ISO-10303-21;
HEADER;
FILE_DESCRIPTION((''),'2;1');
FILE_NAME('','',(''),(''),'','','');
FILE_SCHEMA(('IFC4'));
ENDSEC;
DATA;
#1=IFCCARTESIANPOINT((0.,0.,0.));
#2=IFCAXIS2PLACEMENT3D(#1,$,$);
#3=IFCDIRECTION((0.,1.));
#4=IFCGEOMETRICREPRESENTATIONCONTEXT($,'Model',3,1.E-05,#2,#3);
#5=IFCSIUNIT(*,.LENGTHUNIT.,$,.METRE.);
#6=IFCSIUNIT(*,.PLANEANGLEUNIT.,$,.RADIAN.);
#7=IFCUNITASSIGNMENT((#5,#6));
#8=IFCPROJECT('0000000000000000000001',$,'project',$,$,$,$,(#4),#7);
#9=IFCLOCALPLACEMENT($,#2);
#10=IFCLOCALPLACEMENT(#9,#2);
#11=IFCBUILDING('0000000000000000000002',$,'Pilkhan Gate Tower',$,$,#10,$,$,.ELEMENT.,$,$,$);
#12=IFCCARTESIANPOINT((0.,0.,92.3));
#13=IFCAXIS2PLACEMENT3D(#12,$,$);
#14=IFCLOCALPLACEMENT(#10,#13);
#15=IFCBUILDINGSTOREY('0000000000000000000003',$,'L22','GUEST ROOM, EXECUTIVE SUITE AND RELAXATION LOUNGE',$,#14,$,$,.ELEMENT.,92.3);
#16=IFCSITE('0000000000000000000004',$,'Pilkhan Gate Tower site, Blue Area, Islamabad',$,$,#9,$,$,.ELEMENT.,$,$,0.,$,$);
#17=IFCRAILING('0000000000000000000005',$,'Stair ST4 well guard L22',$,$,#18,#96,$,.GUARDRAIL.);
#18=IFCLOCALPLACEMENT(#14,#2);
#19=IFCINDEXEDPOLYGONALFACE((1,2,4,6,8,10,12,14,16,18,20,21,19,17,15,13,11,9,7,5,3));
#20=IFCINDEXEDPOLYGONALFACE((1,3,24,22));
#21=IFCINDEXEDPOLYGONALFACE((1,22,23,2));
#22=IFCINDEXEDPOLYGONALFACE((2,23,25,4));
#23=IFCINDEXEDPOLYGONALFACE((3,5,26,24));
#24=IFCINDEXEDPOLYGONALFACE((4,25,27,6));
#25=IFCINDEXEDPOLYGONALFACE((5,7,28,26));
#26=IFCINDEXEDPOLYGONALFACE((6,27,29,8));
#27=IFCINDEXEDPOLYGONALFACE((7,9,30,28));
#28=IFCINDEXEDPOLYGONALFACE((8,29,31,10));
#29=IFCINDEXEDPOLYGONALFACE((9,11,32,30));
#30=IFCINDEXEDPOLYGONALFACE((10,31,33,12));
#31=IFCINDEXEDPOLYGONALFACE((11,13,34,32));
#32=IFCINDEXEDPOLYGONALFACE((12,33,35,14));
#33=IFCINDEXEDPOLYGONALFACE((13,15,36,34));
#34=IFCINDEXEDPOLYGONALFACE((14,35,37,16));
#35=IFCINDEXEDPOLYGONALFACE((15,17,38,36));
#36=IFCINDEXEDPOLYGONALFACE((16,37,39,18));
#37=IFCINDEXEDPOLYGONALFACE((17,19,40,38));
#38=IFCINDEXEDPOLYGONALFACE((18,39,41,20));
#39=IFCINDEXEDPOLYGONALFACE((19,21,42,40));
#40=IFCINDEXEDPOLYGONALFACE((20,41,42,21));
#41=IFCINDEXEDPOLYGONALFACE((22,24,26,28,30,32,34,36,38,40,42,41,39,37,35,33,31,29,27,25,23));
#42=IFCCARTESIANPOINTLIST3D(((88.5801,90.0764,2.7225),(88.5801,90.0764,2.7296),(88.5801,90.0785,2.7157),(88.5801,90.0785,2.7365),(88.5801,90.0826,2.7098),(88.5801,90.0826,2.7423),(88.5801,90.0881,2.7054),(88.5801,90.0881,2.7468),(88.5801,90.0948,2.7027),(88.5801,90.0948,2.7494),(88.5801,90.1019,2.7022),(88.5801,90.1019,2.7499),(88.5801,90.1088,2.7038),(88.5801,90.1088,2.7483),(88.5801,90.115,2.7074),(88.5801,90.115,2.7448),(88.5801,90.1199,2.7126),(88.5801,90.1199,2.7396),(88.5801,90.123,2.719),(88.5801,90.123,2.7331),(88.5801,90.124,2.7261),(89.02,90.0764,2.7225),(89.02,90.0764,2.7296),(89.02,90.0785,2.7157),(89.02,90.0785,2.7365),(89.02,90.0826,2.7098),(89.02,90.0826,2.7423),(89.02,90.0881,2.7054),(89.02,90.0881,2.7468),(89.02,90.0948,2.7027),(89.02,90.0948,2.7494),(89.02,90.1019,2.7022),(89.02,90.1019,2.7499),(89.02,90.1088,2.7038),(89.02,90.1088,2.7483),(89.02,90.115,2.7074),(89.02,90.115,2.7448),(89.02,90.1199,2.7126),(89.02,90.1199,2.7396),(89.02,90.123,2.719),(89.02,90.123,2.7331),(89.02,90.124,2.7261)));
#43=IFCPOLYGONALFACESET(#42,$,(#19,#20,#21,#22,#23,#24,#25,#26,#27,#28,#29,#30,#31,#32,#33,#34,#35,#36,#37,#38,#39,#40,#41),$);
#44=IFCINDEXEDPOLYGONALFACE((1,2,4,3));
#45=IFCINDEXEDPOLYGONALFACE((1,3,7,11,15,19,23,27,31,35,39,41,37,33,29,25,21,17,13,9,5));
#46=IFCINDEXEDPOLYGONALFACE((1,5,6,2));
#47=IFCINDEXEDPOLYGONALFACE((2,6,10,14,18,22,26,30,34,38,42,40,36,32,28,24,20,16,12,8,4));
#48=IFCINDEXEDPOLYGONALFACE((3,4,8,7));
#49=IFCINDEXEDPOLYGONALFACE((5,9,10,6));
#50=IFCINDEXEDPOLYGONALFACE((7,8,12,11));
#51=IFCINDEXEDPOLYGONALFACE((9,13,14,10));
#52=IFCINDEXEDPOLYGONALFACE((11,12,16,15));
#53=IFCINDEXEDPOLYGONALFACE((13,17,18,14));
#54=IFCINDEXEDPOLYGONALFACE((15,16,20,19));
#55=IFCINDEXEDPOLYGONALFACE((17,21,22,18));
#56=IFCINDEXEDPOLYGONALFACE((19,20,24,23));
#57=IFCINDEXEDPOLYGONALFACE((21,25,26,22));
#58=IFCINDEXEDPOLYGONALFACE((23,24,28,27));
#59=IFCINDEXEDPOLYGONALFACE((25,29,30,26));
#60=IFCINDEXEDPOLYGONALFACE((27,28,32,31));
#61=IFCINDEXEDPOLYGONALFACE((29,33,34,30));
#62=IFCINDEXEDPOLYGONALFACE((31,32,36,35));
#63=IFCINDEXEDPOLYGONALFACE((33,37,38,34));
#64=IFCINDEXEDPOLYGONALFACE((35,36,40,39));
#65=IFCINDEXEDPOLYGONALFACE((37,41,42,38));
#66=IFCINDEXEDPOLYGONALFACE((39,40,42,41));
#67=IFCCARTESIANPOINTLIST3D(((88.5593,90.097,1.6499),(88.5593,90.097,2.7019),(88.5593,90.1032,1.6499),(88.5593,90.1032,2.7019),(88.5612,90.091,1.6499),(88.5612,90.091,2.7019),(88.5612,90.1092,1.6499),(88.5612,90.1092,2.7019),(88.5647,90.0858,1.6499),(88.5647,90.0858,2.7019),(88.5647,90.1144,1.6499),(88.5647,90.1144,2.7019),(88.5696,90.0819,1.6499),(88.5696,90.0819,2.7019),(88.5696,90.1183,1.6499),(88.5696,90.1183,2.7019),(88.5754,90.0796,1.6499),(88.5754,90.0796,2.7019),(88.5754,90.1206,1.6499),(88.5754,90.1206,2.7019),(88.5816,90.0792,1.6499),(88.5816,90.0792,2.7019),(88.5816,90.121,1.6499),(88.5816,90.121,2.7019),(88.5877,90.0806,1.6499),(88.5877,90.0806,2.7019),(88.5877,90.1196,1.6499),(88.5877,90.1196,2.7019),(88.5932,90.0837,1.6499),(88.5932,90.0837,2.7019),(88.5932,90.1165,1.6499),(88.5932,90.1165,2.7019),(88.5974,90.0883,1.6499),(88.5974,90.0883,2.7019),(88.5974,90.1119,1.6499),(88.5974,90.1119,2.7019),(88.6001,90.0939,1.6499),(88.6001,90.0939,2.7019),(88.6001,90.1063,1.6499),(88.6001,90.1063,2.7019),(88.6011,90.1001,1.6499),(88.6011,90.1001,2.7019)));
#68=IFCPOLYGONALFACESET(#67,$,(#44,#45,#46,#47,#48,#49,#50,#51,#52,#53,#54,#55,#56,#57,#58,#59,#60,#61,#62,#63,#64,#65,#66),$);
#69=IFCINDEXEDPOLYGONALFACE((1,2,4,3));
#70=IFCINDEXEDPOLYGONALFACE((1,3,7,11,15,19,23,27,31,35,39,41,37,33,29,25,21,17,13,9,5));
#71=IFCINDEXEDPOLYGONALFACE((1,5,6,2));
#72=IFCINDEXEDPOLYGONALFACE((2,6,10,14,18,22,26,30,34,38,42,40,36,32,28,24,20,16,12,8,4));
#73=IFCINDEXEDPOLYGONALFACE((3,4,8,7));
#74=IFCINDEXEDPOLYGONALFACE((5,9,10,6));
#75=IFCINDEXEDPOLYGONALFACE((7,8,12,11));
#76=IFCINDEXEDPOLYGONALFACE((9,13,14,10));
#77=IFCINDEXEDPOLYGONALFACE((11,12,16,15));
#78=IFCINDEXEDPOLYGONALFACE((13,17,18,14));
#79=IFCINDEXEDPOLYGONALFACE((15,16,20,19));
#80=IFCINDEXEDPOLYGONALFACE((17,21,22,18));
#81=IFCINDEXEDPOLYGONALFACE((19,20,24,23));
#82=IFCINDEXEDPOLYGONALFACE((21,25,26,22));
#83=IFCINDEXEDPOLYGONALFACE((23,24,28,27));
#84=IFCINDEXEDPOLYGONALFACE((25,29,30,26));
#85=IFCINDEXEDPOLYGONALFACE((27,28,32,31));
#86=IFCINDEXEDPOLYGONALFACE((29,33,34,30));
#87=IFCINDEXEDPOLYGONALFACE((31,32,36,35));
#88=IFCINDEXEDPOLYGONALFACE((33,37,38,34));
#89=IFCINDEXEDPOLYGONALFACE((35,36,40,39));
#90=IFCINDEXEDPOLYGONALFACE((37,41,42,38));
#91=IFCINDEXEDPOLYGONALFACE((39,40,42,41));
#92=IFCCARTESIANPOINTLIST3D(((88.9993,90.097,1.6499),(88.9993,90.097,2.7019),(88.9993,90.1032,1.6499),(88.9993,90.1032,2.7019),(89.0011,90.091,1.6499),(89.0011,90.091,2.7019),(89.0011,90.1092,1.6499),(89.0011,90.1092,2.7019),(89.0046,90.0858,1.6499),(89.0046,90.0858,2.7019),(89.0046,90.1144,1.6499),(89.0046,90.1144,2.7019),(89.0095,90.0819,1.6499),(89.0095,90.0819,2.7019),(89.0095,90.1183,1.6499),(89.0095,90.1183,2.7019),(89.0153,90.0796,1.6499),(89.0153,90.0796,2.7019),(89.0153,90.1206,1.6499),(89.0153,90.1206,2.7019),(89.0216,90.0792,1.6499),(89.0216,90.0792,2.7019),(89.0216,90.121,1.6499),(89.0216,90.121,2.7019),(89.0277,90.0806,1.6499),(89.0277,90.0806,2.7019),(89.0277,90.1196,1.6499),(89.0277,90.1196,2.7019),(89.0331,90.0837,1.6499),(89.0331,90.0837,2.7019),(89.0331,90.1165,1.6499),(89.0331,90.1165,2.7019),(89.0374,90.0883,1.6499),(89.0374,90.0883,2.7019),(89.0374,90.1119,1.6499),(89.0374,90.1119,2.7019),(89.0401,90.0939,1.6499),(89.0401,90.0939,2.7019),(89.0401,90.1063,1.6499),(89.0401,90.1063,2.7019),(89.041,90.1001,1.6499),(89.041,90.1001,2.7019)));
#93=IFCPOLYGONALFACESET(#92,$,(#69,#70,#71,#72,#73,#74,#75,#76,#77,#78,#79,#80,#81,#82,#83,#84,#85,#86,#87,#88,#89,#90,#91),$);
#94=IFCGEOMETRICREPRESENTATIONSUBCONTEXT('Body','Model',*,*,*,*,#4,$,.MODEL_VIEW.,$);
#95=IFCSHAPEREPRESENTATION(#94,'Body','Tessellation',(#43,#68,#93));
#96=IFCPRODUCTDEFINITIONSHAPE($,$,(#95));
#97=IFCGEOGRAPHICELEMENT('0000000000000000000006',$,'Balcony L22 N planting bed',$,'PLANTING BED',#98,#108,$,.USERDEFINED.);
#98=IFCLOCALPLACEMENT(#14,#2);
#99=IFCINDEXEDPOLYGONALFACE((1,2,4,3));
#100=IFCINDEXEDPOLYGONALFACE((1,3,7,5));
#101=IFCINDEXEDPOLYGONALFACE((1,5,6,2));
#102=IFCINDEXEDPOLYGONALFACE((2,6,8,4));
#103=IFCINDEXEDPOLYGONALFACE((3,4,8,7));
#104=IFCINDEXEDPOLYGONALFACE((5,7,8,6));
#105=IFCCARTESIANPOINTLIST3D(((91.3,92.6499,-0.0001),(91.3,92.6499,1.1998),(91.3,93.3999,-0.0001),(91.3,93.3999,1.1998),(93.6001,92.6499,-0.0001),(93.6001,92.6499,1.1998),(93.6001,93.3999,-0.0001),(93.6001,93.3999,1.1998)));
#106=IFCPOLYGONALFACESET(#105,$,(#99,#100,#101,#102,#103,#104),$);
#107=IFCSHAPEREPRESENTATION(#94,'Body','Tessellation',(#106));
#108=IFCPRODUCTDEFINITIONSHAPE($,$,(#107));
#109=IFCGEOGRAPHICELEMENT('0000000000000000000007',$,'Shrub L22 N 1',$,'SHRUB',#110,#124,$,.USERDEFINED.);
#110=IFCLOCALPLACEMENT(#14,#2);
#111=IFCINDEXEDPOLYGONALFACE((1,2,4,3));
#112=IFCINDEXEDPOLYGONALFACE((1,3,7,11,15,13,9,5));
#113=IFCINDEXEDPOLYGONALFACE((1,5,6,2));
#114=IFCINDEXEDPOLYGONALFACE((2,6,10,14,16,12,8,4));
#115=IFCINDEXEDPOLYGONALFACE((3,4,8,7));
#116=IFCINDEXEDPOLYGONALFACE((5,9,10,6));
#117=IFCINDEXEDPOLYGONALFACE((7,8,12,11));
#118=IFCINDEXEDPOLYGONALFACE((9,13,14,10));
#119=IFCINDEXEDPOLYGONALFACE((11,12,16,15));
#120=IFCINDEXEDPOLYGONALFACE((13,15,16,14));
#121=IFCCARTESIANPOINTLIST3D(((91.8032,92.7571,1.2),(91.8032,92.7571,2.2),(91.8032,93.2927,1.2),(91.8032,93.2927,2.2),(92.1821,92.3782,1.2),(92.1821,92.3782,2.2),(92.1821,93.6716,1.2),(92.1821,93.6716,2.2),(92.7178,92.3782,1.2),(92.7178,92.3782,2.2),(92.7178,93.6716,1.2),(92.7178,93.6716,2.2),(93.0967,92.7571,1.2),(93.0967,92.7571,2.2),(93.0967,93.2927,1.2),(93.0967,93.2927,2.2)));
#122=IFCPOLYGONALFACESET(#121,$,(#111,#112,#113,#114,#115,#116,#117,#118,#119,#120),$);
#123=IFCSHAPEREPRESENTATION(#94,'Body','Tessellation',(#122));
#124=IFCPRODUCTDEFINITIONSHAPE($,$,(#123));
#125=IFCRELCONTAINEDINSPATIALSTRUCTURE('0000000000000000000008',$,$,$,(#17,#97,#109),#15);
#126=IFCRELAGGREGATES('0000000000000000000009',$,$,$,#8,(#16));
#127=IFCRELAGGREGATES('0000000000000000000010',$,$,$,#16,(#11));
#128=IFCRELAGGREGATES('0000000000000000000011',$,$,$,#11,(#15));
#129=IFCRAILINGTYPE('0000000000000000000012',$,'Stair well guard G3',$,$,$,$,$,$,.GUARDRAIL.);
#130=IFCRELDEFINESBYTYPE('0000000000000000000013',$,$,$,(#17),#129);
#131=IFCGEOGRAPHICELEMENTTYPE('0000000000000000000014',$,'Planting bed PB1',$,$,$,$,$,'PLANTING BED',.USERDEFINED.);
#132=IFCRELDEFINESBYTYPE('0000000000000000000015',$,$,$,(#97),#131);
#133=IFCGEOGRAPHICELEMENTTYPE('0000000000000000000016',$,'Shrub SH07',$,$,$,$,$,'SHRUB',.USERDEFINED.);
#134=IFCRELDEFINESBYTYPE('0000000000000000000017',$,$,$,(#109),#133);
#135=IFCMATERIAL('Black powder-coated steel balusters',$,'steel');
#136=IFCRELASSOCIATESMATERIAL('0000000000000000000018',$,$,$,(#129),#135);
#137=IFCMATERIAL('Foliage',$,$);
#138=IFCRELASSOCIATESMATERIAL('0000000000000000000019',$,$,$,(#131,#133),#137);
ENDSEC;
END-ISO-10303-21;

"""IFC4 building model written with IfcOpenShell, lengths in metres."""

from ifc_helpers import new_model, si_unit, direction, frame, origin, origin_2d, place, context, subcontext, project, spatial, polyline, rectangle, circle, outline, extrude, material, material_profile, profile_set, type_object, element, save


model = new_model("IFC4")

# Units and contexts
model_context = context("Model", 3, precision=1e-05, world=origin(), true_north=direction((0.0, 1.0)))
body_context = subcontext(model_context, "Body", "Model", "MODEL_VIEW")
ifc_project = project(units=[si_unit("LENGTHUNIT", "METRE"), si_unit("PLANEANGLEUNIT", "RADIAN")], contexts=[model_context])

# Site, building, storey
site_placement = place(None, origin())
site = spatial("IfcSite", under=ifc_project, at=site_placement, Name="Pilkhan Gate Tower site, Blue Area, Islamabad", CompositionType="ELEMENT", RefElevation=0.0)
building_placement = place(site_placement, origin())
building = spatial("IfcBuilding", under=site, at=building_placement, Name="Pilkhan Gate Tower", CompositionType="ELEMENT")
storey_placement = place(building_placement, frame((0.0, 0.0, 92.3)))
storey = spatial("IfcBuildingStorey", under=building, at=storey_placement, Name="L22", Description="GUEST ROOM, EXECUTIVE SUITE AND RELAXATION LOUNGE", CompositionType="ELEMENT", Elevation=92.3)

# Railing
ifc_material_1 = material(Name="Black powder-coated steel balusters", Category="steel")
railing_type_1 = type_object("IfcRailingType", Name="Stair well guard G3", PredefinedType="GUARDRAIL", material=ifc_material_1)
railing_1_placement = place(storey_placement, frame((88.5801, 90.1001, 1.6499)))
element("IfcRailing", 1, at=railing_1_placement, inside=storey, type_object=railing_type_1, Name="Stair ST4 well guard L22", PredefinedType="GUARDRAIL", context=body_context, shape_type="SweptSolid", body=[
    extrude(circle(Radius=0.0239, at=origin_2d()), frame((0.0, 0.0, 1.0762), z_axis=(1.0, 0.0, 0.0), x_axis=(0.0, 1.0, 0.0)), (0.0, 0.0, 1.0), 0.4399),
    extrude(circle(Radius=0.021, at=origin_2d()), origin(), (0.0, 0.0, 1.0), 1.052),
    extrude(circle(Radius=0.021, at=origin_2d()), frame((0.4399, 0.0, 0.0)), (0.0, 0.0, 1.0), 1.052),
])

# Geographic elements
ifc_material_2 = material(Name="Foliage")
ifc_material_profile_1 = material_profile(ifc_material_2, rectangle(XDim=0.75, YDim=1.2, at=origin_2d()), Name="Bed 750x1200")
ifc_profile_set_1 = profile_set([ifc_material_profile_1], Name="Foliage")
geographic_element_type_1 = type_object("IfcGeographicElementType", Name="Planting bed PB1", ElementType="PLANTING BED", PredefinedType="USERDEFINED", material=ifc_profile_set_1)
geographic_element_1_placement = place(storey_placement, frame((91.3, 93.0249, 0.5999), z_axis=(1.0, 0.0, 0.0), x_axis=(0.0, 1.0, 0.0)))
element("IfcGeographicElement", 2, at=geographic_element_1_placement, inside=storey, type_object=geographic_element_type_1, Name="Balcony L22 N planting bed", ObjectType="PLANTING BED", PredefinedType="USERDEFINED", context=body_context, shape_type="SweptSolid", body=[
    extrude(rectangle(XDim=0.75, YDim=1.2, at=origin_2d()), origin(), (0.0, 0.0, 1.0), 2.3),
])
ifc_material_profile_2 = material_profile(ifc_material_2, outline(polyline([(0.6467, 0.2678), (0.2678, 0.6467), (-0.2678, 0.6467), (-0.6467, 0.2678), (-0.6467, -0.2678), (-0.2678, -0.6467), (0.2678, -0.6467), (0.6467, -0.2678), (0.6467, 0.2678)])), Name="Shrub D1.4")
ifc_profile_set_2 = profile_set([ifc_material_profile_2], Name="Foliage")
geographic_element_type_2 = type_object("IfcGeographicElementType", Name="Shrub SH07", ElementType="SHRUB", PredefinedType="USERDEFINED", material=ifc_profile_set_2)
geographic_element_2_placement = place(storey_placement, frame((92.45, 93.0249, 1.2), z_axis=(0.0, 0.0, 1.0), x_axis=(1.0, 0.0, 0.0)))
element("IfcGeographicElement", 3, at=geographic_element_2_placement, inside=storey, type_object=geographic_element_type_2, Name="Shrub L22 N 1", ObjectType="SHRUB", PredefinedType="USERDEFINED", context=body_context, shape_type="SweptSolid", body=[
    extrude(outline(polyline([(0.6467, 0.2678), (0.2678, 0.6467), (-0.2678, 0.6467), (-0.6467, 0.2678), (-0.6467, -0.2678), (-0.2678, -0.6467), (0.2678, -0.6467), (0.6467, -0.2678), (0.6467, 0.2678)])), origin(), (0.0, 0.0, 1.0), 1.0),
])

save(model, "model.ifc")
